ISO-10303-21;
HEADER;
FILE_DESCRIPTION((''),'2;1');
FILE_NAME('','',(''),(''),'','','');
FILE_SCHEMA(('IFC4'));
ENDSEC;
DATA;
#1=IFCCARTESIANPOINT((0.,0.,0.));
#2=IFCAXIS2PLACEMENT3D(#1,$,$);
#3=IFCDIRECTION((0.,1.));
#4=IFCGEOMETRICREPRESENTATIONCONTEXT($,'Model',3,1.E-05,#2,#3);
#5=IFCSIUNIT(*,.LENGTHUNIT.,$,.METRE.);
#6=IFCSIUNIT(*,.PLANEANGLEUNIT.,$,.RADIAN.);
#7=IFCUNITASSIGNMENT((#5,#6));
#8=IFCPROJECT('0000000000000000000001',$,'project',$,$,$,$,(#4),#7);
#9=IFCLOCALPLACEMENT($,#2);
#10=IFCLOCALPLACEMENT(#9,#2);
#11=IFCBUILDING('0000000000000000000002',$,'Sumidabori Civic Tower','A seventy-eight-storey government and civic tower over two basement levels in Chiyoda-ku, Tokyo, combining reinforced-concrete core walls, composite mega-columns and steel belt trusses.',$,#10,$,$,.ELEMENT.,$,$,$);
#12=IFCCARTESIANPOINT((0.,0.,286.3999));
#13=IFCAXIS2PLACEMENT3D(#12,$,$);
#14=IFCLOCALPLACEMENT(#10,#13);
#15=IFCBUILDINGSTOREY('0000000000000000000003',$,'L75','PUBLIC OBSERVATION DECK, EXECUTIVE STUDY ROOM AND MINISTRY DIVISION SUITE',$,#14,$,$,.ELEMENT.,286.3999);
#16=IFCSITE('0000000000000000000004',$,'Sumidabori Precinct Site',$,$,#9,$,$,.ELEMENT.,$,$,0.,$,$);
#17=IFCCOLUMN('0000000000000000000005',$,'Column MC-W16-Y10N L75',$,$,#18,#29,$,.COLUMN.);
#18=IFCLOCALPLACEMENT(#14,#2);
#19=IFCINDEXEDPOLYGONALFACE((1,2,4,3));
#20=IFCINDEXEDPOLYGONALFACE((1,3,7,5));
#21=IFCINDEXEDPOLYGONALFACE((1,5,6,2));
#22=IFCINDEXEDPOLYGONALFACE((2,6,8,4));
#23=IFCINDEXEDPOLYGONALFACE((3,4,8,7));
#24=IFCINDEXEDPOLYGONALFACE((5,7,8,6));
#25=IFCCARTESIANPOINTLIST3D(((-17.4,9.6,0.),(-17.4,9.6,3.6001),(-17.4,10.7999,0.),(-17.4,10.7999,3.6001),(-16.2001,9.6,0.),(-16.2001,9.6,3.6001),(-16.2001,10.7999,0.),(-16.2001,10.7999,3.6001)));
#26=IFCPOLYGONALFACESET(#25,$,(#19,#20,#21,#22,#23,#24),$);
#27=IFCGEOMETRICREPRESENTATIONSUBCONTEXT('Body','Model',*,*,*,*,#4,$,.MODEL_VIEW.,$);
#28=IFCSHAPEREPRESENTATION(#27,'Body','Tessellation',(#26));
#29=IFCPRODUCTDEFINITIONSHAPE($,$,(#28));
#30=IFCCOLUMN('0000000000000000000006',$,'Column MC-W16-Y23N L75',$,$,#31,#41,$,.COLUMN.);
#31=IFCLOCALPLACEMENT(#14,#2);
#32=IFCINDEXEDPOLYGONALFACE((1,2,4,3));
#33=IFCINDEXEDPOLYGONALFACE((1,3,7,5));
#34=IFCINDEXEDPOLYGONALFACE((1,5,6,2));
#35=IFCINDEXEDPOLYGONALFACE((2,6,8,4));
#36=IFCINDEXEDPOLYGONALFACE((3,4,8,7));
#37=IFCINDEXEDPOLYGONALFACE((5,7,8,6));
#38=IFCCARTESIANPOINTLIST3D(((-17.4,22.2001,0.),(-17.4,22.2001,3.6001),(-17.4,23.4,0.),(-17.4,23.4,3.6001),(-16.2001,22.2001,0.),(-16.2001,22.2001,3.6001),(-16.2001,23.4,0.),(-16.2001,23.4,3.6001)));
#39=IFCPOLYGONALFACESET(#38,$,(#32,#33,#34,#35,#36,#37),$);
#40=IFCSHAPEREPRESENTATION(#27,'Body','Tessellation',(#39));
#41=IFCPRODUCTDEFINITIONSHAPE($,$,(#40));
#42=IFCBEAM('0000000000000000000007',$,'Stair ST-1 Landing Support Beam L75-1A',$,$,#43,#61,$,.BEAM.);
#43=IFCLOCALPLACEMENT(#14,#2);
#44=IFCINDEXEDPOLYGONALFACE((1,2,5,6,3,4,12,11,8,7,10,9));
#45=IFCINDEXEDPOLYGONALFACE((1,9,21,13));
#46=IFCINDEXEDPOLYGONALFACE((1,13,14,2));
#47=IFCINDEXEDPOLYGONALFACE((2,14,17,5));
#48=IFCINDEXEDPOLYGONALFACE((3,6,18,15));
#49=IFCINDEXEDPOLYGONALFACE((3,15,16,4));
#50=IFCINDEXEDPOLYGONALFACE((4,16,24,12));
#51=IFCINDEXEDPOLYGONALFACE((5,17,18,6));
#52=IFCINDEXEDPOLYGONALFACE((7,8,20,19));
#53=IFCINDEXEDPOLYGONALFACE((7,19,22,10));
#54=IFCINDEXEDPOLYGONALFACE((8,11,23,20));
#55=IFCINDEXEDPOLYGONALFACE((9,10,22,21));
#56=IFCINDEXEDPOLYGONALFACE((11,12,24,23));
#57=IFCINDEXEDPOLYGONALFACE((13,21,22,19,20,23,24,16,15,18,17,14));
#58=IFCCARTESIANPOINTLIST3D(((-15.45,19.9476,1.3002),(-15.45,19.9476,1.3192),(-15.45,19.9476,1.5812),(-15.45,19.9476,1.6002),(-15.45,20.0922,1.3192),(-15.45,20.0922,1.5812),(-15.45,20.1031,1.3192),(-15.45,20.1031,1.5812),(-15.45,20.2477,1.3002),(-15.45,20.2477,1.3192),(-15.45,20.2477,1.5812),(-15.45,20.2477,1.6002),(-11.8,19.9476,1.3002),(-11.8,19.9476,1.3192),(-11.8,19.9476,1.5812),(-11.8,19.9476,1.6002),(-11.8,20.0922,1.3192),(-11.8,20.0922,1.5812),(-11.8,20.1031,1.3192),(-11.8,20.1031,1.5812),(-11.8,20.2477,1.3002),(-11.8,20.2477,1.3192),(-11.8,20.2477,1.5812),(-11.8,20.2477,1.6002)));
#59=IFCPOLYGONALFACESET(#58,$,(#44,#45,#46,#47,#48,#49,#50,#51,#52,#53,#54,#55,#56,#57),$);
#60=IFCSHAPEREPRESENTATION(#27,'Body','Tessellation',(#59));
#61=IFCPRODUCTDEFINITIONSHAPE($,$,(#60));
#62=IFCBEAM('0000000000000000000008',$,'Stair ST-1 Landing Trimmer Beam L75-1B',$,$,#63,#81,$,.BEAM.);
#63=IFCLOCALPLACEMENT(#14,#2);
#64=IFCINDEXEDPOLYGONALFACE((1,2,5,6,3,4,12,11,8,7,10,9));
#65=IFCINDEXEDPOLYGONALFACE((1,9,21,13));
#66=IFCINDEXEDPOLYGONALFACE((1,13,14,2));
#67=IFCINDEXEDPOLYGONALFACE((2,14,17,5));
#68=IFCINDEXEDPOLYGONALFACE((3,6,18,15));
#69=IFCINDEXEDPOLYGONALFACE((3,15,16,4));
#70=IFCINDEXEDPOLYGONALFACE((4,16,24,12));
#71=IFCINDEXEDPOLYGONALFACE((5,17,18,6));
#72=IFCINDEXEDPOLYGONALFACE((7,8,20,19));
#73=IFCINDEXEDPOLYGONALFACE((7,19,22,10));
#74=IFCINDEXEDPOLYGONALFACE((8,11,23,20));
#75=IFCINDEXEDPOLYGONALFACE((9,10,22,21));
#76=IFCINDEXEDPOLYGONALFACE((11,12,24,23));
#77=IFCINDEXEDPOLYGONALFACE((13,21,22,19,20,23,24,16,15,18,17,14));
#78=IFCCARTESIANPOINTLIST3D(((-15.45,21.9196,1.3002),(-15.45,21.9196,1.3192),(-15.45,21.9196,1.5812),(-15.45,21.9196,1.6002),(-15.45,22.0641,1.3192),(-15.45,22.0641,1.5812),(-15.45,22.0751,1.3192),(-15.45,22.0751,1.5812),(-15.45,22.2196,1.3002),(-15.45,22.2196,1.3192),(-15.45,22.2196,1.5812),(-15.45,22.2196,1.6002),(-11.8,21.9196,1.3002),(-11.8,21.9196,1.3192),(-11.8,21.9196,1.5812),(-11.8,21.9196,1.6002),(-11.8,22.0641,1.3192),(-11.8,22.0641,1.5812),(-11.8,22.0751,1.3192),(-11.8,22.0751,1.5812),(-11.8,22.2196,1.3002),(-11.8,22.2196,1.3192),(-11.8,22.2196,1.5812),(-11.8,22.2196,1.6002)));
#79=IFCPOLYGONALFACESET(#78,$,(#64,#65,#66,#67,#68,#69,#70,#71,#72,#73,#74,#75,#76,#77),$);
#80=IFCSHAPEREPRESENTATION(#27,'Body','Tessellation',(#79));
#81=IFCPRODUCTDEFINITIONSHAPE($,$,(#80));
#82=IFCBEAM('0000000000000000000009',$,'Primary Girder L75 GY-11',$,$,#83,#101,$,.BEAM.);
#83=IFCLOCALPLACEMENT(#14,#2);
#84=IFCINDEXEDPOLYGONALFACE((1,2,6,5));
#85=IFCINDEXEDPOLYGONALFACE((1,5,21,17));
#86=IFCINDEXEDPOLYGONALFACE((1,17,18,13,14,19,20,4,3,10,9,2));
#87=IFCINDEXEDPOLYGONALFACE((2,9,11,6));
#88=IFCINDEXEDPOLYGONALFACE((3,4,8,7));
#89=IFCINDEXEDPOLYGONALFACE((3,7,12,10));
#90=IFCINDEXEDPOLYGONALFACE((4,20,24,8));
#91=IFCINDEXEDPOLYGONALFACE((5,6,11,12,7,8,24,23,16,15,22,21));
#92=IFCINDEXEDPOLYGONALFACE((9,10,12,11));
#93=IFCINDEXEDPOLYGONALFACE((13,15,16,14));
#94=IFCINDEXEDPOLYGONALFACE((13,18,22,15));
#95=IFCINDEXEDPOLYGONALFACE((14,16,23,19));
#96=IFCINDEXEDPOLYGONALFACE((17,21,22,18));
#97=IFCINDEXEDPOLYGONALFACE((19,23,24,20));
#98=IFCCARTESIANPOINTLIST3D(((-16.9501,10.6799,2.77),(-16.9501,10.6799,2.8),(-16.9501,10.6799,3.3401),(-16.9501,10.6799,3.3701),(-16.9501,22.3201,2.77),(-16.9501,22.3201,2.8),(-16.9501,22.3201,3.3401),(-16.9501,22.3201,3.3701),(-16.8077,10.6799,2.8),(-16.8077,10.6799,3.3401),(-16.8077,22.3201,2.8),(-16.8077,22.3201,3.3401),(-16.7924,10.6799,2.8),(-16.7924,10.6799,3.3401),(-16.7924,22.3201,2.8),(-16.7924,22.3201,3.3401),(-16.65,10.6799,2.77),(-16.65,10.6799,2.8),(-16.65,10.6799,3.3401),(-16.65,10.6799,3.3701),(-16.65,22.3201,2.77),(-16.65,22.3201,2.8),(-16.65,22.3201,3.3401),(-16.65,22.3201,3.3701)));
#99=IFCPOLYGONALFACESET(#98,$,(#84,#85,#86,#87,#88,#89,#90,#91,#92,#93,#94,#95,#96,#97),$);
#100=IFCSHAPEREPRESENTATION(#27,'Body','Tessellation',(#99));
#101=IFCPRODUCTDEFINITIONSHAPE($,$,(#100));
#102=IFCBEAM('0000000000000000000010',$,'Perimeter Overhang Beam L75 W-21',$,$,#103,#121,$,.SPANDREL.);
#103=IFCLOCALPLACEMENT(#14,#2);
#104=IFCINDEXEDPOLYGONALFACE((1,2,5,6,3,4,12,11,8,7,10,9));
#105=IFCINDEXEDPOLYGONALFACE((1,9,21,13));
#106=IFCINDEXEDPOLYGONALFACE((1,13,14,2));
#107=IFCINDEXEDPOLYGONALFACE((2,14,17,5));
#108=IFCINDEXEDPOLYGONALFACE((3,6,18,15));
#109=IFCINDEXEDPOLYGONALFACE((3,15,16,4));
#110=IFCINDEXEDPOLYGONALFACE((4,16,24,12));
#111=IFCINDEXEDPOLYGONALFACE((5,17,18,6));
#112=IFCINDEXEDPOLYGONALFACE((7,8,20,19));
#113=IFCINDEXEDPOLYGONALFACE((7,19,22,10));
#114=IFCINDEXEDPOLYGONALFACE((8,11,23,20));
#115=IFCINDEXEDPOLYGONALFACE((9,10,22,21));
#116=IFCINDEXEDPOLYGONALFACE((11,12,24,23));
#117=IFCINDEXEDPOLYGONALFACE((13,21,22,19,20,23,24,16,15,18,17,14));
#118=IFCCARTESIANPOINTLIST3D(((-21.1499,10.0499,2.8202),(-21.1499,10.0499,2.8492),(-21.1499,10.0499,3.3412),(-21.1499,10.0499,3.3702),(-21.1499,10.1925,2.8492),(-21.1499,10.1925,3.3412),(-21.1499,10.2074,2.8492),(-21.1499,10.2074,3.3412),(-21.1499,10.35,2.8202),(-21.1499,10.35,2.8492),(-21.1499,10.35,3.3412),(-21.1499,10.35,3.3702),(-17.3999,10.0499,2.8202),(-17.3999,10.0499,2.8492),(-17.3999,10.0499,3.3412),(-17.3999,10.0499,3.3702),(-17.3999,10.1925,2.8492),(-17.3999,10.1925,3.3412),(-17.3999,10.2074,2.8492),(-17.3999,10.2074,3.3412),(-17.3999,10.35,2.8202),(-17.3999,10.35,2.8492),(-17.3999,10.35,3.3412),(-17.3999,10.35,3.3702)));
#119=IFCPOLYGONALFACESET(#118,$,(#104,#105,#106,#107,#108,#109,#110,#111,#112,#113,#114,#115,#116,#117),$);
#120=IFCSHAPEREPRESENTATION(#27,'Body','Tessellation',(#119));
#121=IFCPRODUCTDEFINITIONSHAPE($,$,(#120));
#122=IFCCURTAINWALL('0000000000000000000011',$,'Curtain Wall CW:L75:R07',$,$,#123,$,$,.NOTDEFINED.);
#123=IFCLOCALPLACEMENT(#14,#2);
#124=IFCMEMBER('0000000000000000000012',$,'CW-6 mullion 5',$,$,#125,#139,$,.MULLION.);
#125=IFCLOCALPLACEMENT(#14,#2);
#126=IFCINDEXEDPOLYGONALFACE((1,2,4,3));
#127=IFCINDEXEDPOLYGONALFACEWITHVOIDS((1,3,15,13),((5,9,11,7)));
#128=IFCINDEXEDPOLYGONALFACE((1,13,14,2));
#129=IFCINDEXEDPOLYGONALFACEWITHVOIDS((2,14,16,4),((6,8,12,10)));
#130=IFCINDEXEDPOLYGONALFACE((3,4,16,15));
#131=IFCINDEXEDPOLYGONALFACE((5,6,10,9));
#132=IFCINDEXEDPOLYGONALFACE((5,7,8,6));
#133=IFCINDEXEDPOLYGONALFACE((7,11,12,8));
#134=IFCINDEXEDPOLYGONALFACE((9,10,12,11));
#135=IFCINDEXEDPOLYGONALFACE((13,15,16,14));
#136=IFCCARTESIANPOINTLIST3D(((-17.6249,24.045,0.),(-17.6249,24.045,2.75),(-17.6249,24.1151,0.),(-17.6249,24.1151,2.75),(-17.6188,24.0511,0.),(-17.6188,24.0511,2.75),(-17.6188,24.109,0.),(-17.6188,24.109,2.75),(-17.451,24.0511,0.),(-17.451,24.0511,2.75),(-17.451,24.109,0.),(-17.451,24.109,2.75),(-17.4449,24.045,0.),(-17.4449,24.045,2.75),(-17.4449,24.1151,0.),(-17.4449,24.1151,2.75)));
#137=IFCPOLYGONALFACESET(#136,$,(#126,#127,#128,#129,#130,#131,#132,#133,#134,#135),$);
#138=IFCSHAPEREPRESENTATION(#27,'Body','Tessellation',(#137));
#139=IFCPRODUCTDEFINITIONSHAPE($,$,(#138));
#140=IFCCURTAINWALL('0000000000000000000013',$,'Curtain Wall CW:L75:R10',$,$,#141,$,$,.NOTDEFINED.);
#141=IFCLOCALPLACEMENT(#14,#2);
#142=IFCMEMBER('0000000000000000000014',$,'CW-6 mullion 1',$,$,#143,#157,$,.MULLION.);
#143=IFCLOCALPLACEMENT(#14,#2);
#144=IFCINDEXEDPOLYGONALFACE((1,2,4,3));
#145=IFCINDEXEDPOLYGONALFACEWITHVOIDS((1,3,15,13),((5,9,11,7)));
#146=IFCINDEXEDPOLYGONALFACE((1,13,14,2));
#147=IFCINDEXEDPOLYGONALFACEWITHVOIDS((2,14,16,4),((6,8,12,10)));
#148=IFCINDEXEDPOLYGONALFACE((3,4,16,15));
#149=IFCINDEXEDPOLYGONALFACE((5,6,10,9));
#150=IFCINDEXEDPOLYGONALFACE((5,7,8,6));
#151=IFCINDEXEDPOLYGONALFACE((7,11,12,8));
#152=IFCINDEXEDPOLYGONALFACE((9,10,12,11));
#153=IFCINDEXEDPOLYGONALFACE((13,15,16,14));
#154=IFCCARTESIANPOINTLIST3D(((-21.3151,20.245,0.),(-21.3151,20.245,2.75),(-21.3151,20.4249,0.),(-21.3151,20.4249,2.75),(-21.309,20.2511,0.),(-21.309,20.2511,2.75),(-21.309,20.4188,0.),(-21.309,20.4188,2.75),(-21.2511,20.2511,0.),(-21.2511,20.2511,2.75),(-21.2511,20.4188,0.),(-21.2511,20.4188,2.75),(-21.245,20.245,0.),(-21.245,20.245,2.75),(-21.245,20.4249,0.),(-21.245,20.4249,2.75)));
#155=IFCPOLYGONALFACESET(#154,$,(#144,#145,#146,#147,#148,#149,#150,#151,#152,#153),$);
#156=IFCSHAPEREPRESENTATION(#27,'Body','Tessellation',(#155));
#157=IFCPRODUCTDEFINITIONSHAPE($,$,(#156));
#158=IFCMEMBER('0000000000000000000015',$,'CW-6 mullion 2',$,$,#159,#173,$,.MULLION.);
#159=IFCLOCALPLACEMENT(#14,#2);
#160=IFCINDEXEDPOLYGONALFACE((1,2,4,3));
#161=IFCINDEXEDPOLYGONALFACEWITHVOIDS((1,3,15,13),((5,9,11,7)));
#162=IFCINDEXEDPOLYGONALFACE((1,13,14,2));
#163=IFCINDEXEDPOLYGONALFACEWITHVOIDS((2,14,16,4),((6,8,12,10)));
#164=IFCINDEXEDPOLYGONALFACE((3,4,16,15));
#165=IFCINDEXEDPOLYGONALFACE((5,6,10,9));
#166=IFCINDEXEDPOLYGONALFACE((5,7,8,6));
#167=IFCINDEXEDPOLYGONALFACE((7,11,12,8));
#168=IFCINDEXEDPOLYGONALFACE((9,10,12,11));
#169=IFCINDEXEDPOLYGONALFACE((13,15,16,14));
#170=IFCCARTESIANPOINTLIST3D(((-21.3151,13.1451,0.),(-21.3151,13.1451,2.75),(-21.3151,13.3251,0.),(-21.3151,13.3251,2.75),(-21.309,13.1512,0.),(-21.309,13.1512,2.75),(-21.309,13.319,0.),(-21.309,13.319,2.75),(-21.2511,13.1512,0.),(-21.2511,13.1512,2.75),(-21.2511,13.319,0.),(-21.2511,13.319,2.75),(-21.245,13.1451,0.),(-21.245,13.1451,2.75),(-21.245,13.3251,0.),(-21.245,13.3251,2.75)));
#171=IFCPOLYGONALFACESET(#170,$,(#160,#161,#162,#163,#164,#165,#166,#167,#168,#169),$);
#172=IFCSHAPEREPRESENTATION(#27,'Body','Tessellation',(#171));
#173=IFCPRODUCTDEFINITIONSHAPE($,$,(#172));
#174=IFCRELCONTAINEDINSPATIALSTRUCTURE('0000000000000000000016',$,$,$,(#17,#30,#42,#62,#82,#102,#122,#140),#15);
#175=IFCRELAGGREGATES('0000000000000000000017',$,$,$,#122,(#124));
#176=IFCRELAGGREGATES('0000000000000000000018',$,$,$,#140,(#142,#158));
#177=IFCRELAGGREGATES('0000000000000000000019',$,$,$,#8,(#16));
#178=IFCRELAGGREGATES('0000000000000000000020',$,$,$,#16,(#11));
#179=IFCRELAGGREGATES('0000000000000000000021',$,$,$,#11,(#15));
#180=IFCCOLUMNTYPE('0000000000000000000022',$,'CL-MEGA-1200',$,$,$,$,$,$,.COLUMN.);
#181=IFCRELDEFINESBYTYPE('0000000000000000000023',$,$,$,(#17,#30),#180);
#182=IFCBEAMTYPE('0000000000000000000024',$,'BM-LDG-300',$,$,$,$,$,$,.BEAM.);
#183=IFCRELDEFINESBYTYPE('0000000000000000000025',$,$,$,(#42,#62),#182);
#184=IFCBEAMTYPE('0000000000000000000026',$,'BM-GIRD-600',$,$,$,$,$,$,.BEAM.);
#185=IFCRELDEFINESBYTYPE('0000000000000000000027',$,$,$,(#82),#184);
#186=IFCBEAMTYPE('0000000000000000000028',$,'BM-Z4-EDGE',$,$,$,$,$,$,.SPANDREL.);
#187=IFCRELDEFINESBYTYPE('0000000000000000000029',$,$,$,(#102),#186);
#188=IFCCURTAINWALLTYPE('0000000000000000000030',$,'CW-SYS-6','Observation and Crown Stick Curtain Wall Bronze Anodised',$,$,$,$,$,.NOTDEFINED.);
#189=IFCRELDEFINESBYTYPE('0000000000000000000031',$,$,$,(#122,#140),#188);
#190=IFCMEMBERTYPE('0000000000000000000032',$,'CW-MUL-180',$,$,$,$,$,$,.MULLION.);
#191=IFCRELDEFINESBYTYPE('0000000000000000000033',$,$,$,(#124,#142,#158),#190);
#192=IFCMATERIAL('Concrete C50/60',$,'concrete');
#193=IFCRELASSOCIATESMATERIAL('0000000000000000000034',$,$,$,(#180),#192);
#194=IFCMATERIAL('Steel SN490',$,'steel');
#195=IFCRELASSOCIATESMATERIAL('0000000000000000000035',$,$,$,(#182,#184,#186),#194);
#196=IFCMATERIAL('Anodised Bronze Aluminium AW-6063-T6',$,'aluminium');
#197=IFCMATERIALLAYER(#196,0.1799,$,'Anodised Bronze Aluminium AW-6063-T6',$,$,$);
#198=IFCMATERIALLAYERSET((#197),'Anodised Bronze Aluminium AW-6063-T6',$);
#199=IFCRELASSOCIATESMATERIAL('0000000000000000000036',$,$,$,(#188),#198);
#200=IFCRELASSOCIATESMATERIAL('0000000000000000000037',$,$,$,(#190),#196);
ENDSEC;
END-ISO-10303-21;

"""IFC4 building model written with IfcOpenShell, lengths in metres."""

from ifc_helpers import new_model, si_unit, direction, frame, origin, origin_2d, place, context, subcontext, project, spatial, rectangle, hollow_rectangle, i_section, extrude, source, transform, mapped, material, layer, layer_set, material_profile, profile_set, type_object, element, aggregate, save


model = new_model("IFC4")

# Units and contexts
model_context = context("Model", 3, precision=1e-05, world=origin(), true_north=direction((0.0, 1.0)))
body_context = subcontext(model_context, "Body", "Model", "MODEL_VIEW")
ifc_project = project(units=[si_unit("LENGTHUNIT", "METRE"), si_unit("PLANEANGLEUNIT", "RADIAN")], contexts=[model_context])

# Site, building, storey
site_placement = place(None, origin())
site = spatial("IfcSite", under=ifc_project, at=site_placement, Name="Sumidabori Precinct Site", CompositionType="ELEMENT", RefElevation=0.0)
building_placement = place(site_placement, origin())
building = spatial("IfcBuilding", under=site, at=building_placement, Name="Sumidabori Civic Tower", Description="A seventy-eight-storey government and civic tower over two basement levels in Chiyoda-ku, Tokyo, combining reinforced-concrete core walls, composite mega-columns and steel belt trusses.", CompositionType="ELEMENT")
storey_placement = place(building_placement, frame((0.0, 0.0, 286.3999)))
storey = spatial("IfcBuildingStorey", under=building, at=storey_placement, Name="L75", Description="PUBLIC OBSERVATION DECK, EXECUTIVE STUDY ROOM AND MINISTRY DIVISION SUITE", CompositionType="ELEMENT", Elevation=286.3999)

# Columns
ifc_material_1 = material(Name="Concrete C50/60", Category="concrete")
ifc_material_profile_1 = material_profile(ifc_material_1, rectangle(XDim=1.2, YDim=1.2, at=origin_2d()), Name="RC 1200x1200")
ifc_profile_set_1 = profile_set([ifc_material_profile_1], Name="Concrete C50/60")
column_type = type_object("IfcColumnType", Name="CL-MEGA-1200", PredefinedType="COLUMN", material=ifc_profile_set_1)
shared_shape_1 = source(origin(), body_context, "Body", "SweptSolid", [
    extrude(rectangle(XDim=1.2, YDim=1.2, at=origin_2d()), origin(), (0.0, 0.0, 1.0), 3.6001),
])
for number, where, z_axis, x_axis, name in (
    (1, (-16.8, 10.2, 0.0), (0.0, 0.0, 1.0), (1.0, 0.0, 0.0), "Column MC-W16-Y10N L75"),
    (2, (-16.8, 22.8, 0.0), (0.0, 0.0, 1.0), (1.0, 0.0, 0.0), "Column MC-W16-Y23N L75"),
):
    element("IfcColumn", number, at=place(storey_placement, frame(where, z_axis=z_axis, x_axis=x_axis)), inside=storey, type_object=column_type, Name=name, PredefinedType="COLUMN", context=body_context, shape_type="MappedRepresentation", body=[
        mapped(shared_shape_1, transform((0.0, 0.0, 0.0), x_axis=(1.0, 0.0, 0.0), y_axis=(0.0, 1.0, 0.0), z_axis=(0.0, 0.0, 1.0), scale=1.0)),
    ])

# Beams
ifc_material_2 = material(Name="Steel SN490", Category="steel")
ifc_material_profile_2 = material_profile(ifc_material_2, i_section(OverallWidth=0.3, OverallDepth=0.3, WebThickness=0.011, FlangeThickness=0.019, at=origin_2d()), Name="HE 300 B")
ifc_profile_set_2 = profile_set([ifc_material_profile_2], Name="Steel SN490")
beam_type_1 = type_object("IfcBeamType", Name="BM-LDG-300", PredefinedType="BEAM", material=ifc_profile_set_2)
shared_shape_2 = source(origin(), body_context, "Body", "SweptSolid", [
    extrude(i_section(OverallWidth=0.3, OverallDepth=0.3, WebThickness=0.011, FlangeThickness=0.019, at=origin_2d()), origin(), (0.0, 0.0, 1.0), 3.6499),
])
for number, where, z_axis, x_axis, name in (
    (3, (-15.45, 20.0977, 1.4502), (1.0, 0.0, 0.0), (0.0, 1.0, 0.0), "Stair ST-1 Landing Support Beam L75-1A"),
    (4, (-15.45, 22.0696, 1.4502), (1.0, 0.0, 0.0), (0.0, 1.0, 0.0), "Stair ST-1 Landing Trimmer Beam L75-1B"),
):
    element("IfcBeam", number, at=place(storey_placement, frame(where, z_axis=z_axis, x_axis=x_axis)), inside=storey, type_object=beam_type_1, Name=name, PredefinedType="BEAM", context=body_context, shape_type="MappedRepresentation", body=[
        mapped(shared_shape_2, transform((0.0, 0.0, 0.0), x_axis=(1.0, 0.0, 0.0), y_axis=(0.0, 1.0, 0.0), z_axis=(0.0, 0.0, 1.0), scale=1.0)),
    ])
ifc_material_profile_3 = material_profile(ifc_material_2, i_section(OverallWidth=0.3, OverallDepth=0.6001, WebThickness=0.0154, FlangeThickness=0.03, at=origin_2d()), Name="HE 600 B")
ifc_profile_set_3 = profile_set([ifc_material_profile_3], Name="Steel SN490")
beam_type_2 = type_object("IfcBeamType", Name="BM-GIRD-600", PredefinedType="BEAM", material=ifc_profile_set_3)
shared_shape_3 = source(origin(), body_context, "Body", "SweptSolid", [
    extrude(i_section(OverallWidth=0.3, OverallDepth=0.6001, WebThickness=0.0154, FlangeThickness=0.03, at=origin_2d()), origin(), (0.0, 0.0, 1.0), 11.6401),
])
beam_1_placement = place(storey_placement, frame((-16.8, 10.6799, 3.0701), z_axis=(0.0, 1.0, 0.0), x_axis=(-1.0, 0.0, 0.0)))
element("IfcBeam", 5, at=beam_1_placement, inside=storey, type_object=beam_type_2, Name="Primary Girder L75 GY-11", PredefinedType="BEAM", context=body_context, shape_type="MappedRepresentation", body=[
    mapped(shared_shape_3, transform((0.0, 0.0, 0.0), x_axis=(1.0, 0.0, 0.0), y_axis=(0.0, 1.0, 0.0), z_axis=(0.0, 0.0, 1.0), scale=1.0)),
])
ifc_material_profile_4 = material_profile(ifc_material_2, i_section(OverallWidth=0.3, OverallDepth=0.55, WebThickness=0.0149, FlangeThickness=0.0291, at=origin_2d()), Name="HE 550 B")
ifc_profile_set_4 = profile_set([ifc_material_profile_4], Name="Steel SN490")
beam_type_3 = type_object("IfcBeamType", Name="BM-Z4-EDGE", PredefinedType="SPANDREL", material=ifc_profile_set_4)
shared_shape_4 = source(origin(), body_context, "Body", "SweptSolid", [
    extrude(i_section(OverallWidth=0.3, OverallDepth=0.55, WebThickness=0.0149, FlangeThickness=0.0291, at=origin_2d()), origin(), (0.0, 0.0, 1.0), 3.75),
])
beam_2_placement = place(storey_placement, frame((-21.1499, 10.2, 3.0952), z_axis=(1.0, 0.0, 0.0), x_axis=(0.0, 1.0, 0.0)))
element("IfcBeam", 6, at=beam_2_placement, inside=storey, type_object=beam_type_3, Name="Perimeter Overhang Beam L75 W-21", PredefinedType="SPANDREL", context=body_context, shape_type="MappedRepresentation", body=[
    mapped(shared_shape_4, transform((0.0, 0.0, 0.0), x_axis=(1.0, 0.0, 0.0), y_axis=(0.0, 1.0, 0.0), z_axis=(0.0, 0.0, 1.0), scale=1.0)),
])

# Curtain wall, member
ifc_material_3 = material(Name="Anodised Bronze Aluminium AW-6063-T6", Category="aluminium")
ifc_layer_1 = layer(ifc_material_3, 0.1799, Name="Anodised Bronze Aluminium AW-6063-T6")
ifc_layer_set_1 = layer_set([ifc_layer_1], Name="Anodised Bronze Aluminium AW-6063-T6")
curtain_wall_type = type_object("IfcCurtainWallType", Name="CW-SYS-6", Description="Observation and Crown Stick Curtain Wall Bronze Anodised", PredefinedType="NOTDEFINED", material=ifc_layer_set_1)
curtain_wall_1_placement = place(storey_placement, origin())
curtain_wall_1 = element("IfcCurtainWall", 7, at=curtain_wall_1_placement, inside=storey, type_object=curtain_wall_type, Name="Curtain Wall CW:L75:R07", PredefinedType="NOTDEFINED")
ifc_material_profile_5 = material_profile(ifc_material_3, hollow_rectangle(XDim=0.0701, YDim=0.1799, WallThickness=0.0061, at=origin_2d()), Name="ALU MULLION 180x70")
ifc_profile_set_5 = profile_set([ifc_material_profile_5], Name="Anodised Bronze Aluminium AW-6063-T6")
member_type_1 = type_object("IfcMemberType", Name="CW-MUL-180", PredefinedType="MULLION", material=ifc_profile_set_5)
shared_shape_5 = source(origin(), body_context, "Body", "SweptSolid", [
    extrude(hollow_rectangle(XDim=0.0701, YDim=0.1799, WallThickness=0.0061, at=origin_2d()), origin(), (0.0, 0.0, 1.0), 2.75),
])
member_1_placement = place(storey_placement, frame((-17.5349, 24.0801, 0.0), z_axis=(0.0, 0.0, 1.0), x_axis=(0.0, -1.0, 0.0)))
member_1 = element("IfcMember", 8, at=member_1_placement, type_object=member_type_1, Name="CW-6 mullion 5", PredefinedType="MULLION", context=body_context, shape_type="MappedRepresentation", body=[
    mapped(shared_shape_5, transform((0.0, 0.0, 0.0), x_axis=(1.0, 0.0, 0.0), y_axis=(0.0, 1.0, 0.0), z_axis=(0.0, 0.0, 1.0), scale=1.0)),
])
aggregate(curtain_wall_1, [member_1])

# Curtain wall, members
curtain_wall_2_placement = place(storey_placement, origin())
curtain_wall_2 = element("IfcCurtainWall", 9, at=curtain_wall_2_placement, inside=storey, type_object=curtain_wall_type, Name="Curtain Wall CW:L75:R10", PredefinedType="NOTDEFINED")
member_2_placement = place(storey_placement, frame((-21.28, 20.335, 0.0), z_axis=(0.0, 0.0, 1.0), x_axis=(1.0, 0.0, 0.0)))
member_2 = element("IfcMember", 10, at=member_2_placement, type_object=member_type_1, Name="CW-6 mullion 1", PredefinedType="MULLION", context=body_context, shape_type="MappedRepresentation", body=[
    mapped(shared_shape_5, transform((0.0, 0.0, 0.0), x_axis=(1.0, 0.0, 0.0), y_axis=(0.0, 1.0, 0.0), z_axis=(0.0, 0.0, 1.0), scale=1.0)),
])
member_3_placement = place(storey_placement, frame((-21.28, 13.2351, 0.0), z_axis=(0.0, 0.0, 1.0), x_axis=(1.0, 0.0, 0.0)))
member_3 = element("IfcMember", 11, at=member_3_placement, type_object=member_type_1, Name="CW-6 mullion 2", PredefinedType="MULLION", context=body_context, shape_type="MappedRepresentation", body=[
    mapped(shared_shape_5, transform((0.0, 0.0, 0.0), x_axis=(1.0, 0.0, 0.0), y_axis=(0.0, 1.0, 0.0), z_axis=(0.0, 0.0, 1.0), scale=1.0)),
])
aggregate(curtain_wall_2, [member_2, member_3])

save(model, "model.ifc")
